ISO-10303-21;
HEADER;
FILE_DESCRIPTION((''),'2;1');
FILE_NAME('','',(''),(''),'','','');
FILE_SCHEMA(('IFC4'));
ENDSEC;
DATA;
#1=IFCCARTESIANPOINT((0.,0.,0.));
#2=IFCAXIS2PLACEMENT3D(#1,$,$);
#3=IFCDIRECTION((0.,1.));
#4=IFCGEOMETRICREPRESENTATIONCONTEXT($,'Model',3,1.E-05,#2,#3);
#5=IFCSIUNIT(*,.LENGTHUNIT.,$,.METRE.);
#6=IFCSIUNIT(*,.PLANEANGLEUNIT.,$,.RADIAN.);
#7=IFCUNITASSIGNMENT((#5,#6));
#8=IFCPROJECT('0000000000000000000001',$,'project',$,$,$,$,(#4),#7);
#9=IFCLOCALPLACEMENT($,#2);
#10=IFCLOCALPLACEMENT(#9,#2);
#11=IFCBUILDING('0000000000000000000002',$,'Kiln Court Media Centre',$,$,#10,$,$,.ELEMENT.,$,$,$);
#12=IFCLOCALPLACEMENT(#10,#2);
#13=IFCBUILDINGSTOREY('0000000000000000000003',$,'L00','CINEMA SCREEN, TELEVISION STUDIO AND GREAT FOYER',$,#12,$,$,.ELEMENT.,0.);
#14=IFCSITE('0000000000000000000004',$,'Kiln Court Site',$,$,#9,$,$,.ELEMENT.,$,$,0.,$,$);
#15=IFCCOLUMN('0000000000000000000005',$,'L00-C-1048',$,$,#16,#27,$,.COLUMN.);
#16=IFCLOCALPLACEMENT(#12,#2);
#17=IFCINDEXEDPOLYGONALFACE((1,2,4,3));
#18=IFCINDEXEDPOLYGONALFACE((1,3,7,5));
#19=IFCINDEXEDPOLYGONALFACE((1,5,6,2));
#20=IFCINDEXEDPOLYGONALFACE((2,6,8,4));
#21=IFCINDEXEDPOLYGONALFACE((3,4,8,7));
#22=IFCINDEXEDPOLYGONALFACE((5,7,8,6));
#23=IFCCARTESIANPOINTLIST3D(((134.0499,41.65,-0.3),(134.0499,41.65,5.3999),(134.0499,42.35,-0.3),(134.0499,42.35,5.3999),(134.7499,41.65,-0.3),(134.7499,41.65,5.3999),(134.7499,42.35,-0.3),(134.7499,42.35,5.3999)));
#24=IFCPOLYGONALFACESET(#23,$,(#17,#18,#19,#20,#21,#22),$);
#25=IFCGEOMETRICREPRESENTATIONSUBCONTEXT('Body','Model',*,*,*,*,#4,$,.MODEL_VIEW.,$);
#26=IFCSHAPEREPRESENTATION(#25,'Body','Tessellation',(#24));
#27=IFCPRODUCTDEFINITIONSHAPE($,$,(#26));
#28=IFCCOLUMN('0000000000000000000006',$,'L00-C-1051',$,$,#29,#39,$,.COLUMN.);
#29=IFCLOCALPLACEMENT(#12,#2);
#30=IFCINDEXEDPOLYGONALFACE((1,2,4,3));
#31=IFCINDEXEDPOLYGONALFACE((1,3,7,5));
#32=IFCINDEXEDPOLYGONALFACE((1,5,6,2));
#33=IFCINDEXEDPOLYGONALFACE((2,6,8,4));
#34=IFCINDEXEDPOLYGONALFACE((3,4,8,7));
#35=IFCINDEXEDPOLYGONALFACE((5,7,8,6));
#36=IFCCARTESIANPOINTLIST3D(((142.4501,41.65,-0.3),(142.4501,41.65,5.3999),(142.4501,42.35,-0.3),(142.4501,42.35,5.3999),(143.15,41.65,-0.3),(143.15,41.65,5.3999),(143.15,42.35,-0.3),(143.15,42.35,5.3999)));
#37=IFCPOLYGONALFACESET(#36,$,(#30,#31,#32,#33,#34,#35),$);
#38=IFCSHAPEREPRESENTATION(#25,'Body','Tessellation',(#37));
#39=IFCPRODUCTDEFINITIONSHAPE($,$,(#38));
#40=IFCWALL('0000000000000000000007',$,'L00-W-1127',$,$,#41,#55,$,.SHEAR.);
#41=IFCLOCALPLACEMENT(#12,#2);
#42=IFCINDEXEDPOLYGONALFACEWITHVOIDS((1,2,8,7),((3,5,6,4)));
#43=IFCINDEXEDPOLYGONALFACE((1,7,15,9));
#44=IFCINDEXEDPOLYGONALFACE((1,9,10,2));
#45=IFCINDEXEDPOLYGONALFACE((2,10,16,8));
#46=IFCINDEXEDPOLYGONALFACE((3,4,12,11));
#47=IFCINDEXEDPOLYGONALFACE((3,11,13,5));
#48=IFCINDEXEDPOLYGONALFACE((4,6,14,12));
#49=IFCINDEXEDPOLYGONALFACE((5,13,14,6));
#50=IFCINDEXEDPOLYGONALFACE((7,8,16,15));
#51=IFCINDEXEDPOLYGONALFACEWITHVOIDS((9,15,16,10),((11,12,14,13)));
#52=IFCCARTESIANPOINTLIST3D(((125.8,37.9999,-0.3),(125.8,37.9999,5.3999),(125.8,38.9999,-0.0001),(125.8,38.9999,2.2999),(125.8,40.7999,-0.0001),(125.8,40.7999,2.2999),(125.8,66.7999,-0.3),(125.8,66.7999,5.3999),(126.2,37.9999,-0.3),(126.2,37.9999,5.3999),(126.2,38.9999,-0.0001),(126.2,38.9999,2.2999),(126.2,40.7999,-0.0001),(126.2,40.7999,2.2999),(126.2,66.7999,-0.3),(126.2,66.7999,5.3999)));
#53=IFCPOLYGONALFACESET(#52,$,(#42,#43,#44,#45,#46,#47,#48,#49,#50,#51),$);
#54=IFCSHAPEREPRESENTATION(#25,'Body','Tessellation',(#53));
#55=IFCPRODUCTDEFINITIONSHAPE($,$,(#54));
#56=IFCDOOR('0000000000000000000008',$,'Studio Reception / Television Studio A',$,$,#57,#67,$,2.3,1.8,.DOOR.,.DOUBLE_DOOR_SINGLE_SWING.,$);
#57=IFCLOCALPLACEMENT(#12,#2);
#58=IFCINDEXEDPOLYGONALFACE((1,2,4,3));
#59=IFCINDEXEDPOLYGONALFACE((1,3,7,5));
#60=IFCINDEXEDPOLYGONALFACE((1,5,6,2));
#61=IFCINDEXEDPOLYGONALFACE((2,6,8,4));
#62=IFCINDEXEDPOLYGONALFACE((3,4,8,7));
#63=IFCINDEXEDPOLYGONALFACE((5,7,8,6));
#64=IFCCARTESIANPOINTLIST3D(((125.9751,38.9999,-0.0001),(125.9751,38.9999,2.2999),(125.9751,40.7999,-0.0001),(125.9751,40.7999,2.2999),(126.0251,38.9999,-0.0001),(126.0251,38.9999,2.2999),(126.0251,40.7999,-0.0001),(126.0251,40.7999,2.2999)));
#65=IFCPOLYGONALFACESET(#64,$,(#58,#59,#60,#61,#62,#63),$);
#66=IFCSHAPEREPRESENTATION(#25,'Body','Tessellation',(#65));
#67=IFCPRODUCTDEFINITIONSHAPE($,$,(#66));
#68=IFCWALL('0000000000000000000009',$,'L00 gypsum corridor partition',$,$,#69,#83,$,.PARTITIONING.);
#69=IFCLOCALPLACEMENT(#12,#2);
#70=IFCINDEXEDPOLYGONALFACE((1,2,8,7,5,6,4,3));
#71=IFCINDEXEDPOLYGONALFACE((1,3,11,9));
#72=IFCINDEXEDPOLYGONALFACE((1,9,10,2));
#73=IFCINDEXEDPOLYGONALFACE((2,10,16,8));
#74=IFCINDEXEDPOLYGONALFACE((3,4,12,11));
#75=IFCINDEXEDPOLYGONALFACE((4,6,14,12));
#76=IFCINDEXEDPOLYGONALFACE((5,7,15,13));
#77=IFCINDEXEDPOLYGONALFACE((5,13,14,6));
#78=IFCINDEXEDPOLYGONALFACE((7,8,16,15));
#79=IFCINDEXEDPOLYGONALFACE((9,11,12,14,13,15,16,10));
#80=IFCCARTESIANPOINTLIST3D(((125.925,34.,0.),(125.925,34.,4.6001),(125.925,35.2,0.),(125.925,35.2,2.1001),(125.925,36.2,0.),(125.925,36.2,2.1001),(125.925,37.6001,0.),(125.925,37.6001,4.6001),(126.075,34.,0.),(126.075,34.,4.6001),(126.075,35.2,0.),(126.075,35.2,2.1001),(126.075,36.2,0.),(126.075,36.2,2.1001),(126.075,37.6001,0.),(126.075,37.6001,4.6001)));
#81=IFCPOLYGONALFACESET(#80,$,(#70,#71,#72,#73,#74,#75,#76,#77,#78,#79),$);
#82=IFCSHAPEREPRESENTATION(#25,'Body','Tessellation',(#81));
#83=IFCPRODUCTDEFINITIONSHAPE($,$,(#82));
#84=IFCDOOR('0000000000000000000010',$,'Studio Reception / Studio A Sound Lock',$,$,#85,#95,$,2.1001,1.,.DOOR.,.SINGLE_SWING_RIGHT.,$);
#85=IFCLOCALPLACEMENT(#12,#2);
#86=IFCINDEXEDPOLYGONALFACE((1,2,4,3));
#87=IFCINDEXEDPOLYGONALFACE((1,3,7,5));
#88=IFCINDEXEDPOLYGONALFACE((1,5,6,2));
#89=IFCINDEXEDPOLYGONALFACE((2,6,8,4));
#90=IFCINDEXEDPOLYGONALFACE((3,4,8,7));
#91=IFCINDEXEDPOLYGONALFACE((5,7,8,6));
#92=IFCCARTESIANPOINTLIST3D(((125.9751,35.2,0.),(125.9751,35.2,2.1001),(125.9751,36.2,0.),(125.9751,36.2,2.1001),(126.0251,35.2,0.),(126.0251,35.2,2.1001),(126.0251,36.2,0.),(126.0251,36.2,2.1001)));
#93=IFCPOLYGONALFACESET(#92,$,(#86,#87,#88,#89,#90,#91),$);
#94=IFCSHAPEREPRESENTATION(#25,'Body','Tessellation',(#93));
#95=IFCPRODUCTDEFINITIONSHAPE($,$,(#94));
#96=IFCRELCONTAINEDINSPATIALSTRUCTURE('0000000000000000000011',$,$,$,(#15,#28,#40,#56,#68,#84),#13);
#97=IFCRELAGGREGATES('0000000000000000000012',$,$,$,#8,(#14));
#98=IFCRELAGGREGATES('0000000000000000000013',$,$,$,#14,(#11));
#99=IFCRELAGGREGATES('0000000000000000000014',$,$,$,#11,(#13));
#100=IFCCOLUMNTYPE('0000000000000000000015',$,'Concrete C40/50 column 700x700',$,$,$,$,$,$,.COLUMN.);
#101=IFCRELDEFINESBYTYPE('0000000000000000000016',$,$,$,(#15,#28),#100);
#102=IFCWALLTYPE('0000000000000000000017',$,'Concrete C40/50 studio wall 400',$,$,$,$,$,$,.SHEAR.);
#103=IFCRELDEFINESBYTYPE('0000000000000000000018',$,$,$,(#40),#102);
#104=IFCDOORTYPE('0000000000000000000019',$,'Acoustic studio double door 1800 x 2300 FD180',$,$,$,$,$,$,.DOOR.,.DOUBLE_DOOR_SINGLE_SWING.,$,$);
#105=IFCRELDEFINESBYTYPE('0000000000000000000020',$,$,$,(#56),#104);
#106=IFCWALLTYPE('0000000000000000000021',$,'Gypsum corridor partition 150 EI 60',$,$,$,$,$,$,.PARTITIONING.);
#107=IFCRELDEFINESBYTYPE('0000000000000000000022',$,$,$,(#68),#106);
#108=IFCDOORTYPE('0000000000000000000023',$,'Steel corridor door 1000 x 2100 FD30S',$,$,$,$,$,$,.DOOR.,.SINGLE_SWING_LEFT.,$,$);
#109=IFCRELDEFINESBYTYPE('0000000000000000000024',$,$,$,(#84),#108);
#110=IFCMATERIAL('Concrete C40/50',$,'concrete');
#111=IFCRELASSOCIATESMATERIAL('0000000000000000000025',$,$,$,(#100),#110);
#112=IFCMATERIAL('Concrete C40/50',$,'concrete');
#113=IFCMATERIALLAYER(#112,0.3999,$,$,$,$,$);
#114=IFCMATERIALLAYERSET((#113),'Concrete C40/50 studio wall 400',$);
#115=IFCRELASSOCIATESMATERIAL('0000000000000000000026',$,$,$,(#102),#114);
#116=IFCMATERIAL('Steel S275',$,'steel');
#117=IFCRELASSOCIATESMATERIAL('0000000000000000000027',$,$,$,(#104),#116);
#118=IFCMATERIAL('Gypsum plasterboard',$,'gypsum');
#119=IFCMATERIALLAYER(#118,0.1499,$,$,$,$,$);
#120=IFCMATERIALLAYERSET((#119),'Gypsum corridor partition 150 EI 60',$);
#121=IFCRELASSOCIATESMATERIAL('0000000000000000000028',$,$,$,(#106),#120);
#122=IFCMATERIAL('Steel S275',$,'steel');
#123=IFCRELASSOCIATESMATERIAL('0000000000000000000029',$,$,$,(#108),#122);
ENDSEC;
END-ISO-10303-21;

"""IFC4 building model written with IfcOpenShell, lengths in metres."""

from ifc_helpers import new_model, si_unit, direction, frame, frame_2d, origin, origin_2d, place, context, subcontext, project, spatial, rectangle, extrude, material, layer, layer_set, material_profile, profile_set, type_object, element, fill, save


model = new_model("IFC4")

# Units and contexts
model_context = context("Model", 3, precision=1e-05, world=origin(), true_north=direction((0.0, 1.0)))
body_context = subcontext(model_context, "Body", "Model", "MODEL_VIEW")
ifc_project = project(units=[si_unit("LENGTHUNIT", "METRE"), si_unit("PLANEANGLEUNIT", "RADIAN")], contexts=[model_context])

# Site, building, storey
site_placement = place(None, origin())
site = spatial("IfcSite", under=ifc_project, at=site_placement, Name="Kiln Court Site", CompositionType="ELEMENT", RefElevation=0.0)
building_placement = place(site_placement, origin())
building = spatial("IfcBuilding", under=site, at=building_placement, Name="Kiln Court Media Centre", CompositionType="ELEMENT")
storey_placement = place(building_placement, origin())
storey = spatial("IfcBuildingStorey", under=building, at=storey_placement, Name="L00", Description="CINEMA SCREEN, TELEVISION STUDIO AND GREAT FOYER", CompositionType="ELEMENT", Elevation=0.0)

# Columns
ifc_material_1 = material(Name="Concrete C40/50", Category="concrete")
ifc_material_profile_1 = material_profile(ifc_material_1, rectangle(XDim=0.7, YDim=0.7, at=origin_2d()), Name="RC 700x700")
ifc_profile_set_1 = profile_set([ifc_material_profile_1], Name="Concrete C40/50")
column_type = type_object("IfcColumnType", Name="Concrete C40/50 column 700x700", PredefinedType="COLUMN", material=ifc_profile_set_1)
for number, where, z_axis, x_axis, name in (
    (1, (134.3999, 42.0, -0.3), (0.0, 0.0, 1.0), (1.0, 0.0, 0.0), "L00-C-1048"),
    (2, (142.8, 42.0, -0.3), (0.0, 0.0, 1.0), (1.0, 0.0, 0.0), "L00-C-1051"),
):
    element("IfcColumn", number, at=place(storey_placement, frame(where, z_axis=z_axis, x_axis=x_axis)), inside=storey, type_object=column_type, Name=name, PredefinedType="COLUMN", context=body_context, shape_type="SweptSolid", body=[
        extrude(rectangle(XDim=0.7, YDim=0.7, at=origin_2d()), origin(), (0.0, 0.0, 1.0), 5.7),
    ])

# Walls, openings, doors
ifc_material_2 = material(Name="Concrete C40/50", Category="concrete")
ifc_layer_1 = layer(ifc_material_2, 0.3999)
ifc_layer_set_1 = layer_set([ifc_layer_1], Name="Concrete C40/50 studio wall 400")
wall_type_1 = type_object("IfcWallType", Name="Concrete C40/50 studio wall 400", PredefinedType="SHEAR", material=ifc_layer_set_1)
wall_1_placement = place(storey_placement, frame((126.0, 38.0, -0.3), z_axis=(0.0, 0.0, 1.0), x_axis=(0.0, 1.0, 0.0)))
wall_1 = element("IfcWall", 3, at=wall_1_placement, inside=storey, type_object=wall_type_1, Name="L00-W-1127", PredefinedType="SHEAR", context=body_context, shape_type="SweptSolid", body=[
    extrude(rectangle(XDim=28.8, YDim=0.3999, at=frame_2d((14.3999, 0.0))), origin(), (0.0, 0.0, 1.0), 5.7),
])
opening_1_placement = place(wall_1_placement, frame((1.0, 0.0, 0.3)))
opening_1 = element("IfcOpeningElement", 4, at=opening_1_placement, cuts=wall_1, PredefinedType="OPENING", context=body_context, shape_type="SweptSolid", body=[
    extrude(rectangle(XDim=1.8, YDim=2.3, at=frame_2d((0.8999, 1.1499))), frame((0.0, 0.21, 0.0), z_axis=(0.0, -1.0, 0.0), x_axis=(1.0, 0.0, 0.0)), (0.0, 0.0, 1.0), 0.4199),
])
ifc_material_3 = material(Name="Steel S275", Category="steel")
door_type_1 = type_object("IfcDoorType", Name="Acoustic studio double door 1800 x 2300 FD180", OperationType="DOUBLE_DOOR_SINGLE_SWING", PredefinedType="DOOR", material=ifc_material_3)
door_1_placement = place(opening_1_placement, origin())
door_1 = element("IfcDoor", 5, at=door_1_placement, inside=storey, type_object=door_type_1, Name="Studio Reception / Television Studio A", OperationType="DOUBLE_DOOR_SINGLE_SWING", OverallHeight=2.3, OverallWidth=1.8, PredefinedType="DOOR", context=body_context, shape_type="SweptSolid", body=[
    extrude(rectangle(XDim=1.8, YDim=2.3, at=frame_2d((0.8999, 1.1499))), frame((0.0, 0.0249, 0.0), z_axis=(0.0, -1.0, 0.0), x_axis=(1.0, 0.0, 0.0)), (0.0, 0.0, 1.0), 0.05),
])
fill(opening_1, door_1)
ifc_material_4 = material(Name="Gypsum plasterboard", Category="gypsum")
ifc_layer_2 = layer(ifc_material_4, 0.1499)
ifc_layer_set_2 = layer_set([ifc_layer_2], Name="Gypsum corridor partition 150 EI 60")
wall_type_2 = type_object("IfcWallType", Name="Gypsum corridor partition 150 EI 60", PredefinedType="PARTITIONING", material=ifc_layer_set_2)
wall_2_placement = place(storey_placement, frame((126.0, 34.0, 0.0), z_axis=(0.0, 0.0, 1.0), x_axis=(0.0, 1.0, 0.0)))
wall_2 = element("IfcWall", 6, at=wall_2_placement, inside=storey, type_object=wall_type_2, Name="L00 gypsum corridor partition", PredefinedType="PARTITIONING", context=body_context, shape_type="SweptSolid", body=[
    extrude(rectangle(XDim=3.6001, YDim=0.1499, at=frame_2d((1.8, 0.0))), origin(), (0.0, 0.0, 1.0), 4.6001),
])
opening_2_placement = place(wall_2_placement, frame((1.2, 0.0, 0.0)))
opening_2 = element("IfcOpeningElement", 7, at=opening_2_placement, cuts=wall_2, PredefinedType="OPENING", context=body_context, shape_type="SweptSolid", body=[
    extrude(rectangle(XDim=1.0, YDim=2.1001, at=frame_2d((0.5, 1.05))), frame((0.0, 0.085, 0.0), z_axis=(0.0, -1.0, 0.0), x_axis=(1.0, 0.0, 0.0)), (0.0, 0.0, 1.0), 0.1699),
])
ifc_material_5 = material(Name="Steel S275", Category="steel")
door_type_2 = type_object("IfcDoorType", Name="Steel corridor door 1000 x 2100 FD30S", OperationType="SINGLE_SWING_LEFT", PredefinedType="DOOR", material=ifc_material_5)
door_2_placement = place(opening_2_placement, origin())
door_2 = element("IfcDoor", 8, at=door_2_placement, inside=storey, type_object=door_type_2, Name="Studio Reception / Studio A Sound Lock", OperationType="SINGLE_SWING_RIGHT", OverallHeight=2.1001, OverallWidth=1.0, PredefinedType="DOOR", context=body_context, shape_type="SweptSolid", body=[
    extrude(rectangle(XDim=1.0, YDim=2.1001, at=frame_2d((0.5, 1.05))), frame((0.0, 0.0249, 0.0), z_axis=(0.0, -1.0, 0.0), x_axis=(1.0, 0.0, 0.0)), (0.0, 0.0, 1.0), 0.05),
])
fill(opening_2, door_2)

save(model, "model.ifc")
